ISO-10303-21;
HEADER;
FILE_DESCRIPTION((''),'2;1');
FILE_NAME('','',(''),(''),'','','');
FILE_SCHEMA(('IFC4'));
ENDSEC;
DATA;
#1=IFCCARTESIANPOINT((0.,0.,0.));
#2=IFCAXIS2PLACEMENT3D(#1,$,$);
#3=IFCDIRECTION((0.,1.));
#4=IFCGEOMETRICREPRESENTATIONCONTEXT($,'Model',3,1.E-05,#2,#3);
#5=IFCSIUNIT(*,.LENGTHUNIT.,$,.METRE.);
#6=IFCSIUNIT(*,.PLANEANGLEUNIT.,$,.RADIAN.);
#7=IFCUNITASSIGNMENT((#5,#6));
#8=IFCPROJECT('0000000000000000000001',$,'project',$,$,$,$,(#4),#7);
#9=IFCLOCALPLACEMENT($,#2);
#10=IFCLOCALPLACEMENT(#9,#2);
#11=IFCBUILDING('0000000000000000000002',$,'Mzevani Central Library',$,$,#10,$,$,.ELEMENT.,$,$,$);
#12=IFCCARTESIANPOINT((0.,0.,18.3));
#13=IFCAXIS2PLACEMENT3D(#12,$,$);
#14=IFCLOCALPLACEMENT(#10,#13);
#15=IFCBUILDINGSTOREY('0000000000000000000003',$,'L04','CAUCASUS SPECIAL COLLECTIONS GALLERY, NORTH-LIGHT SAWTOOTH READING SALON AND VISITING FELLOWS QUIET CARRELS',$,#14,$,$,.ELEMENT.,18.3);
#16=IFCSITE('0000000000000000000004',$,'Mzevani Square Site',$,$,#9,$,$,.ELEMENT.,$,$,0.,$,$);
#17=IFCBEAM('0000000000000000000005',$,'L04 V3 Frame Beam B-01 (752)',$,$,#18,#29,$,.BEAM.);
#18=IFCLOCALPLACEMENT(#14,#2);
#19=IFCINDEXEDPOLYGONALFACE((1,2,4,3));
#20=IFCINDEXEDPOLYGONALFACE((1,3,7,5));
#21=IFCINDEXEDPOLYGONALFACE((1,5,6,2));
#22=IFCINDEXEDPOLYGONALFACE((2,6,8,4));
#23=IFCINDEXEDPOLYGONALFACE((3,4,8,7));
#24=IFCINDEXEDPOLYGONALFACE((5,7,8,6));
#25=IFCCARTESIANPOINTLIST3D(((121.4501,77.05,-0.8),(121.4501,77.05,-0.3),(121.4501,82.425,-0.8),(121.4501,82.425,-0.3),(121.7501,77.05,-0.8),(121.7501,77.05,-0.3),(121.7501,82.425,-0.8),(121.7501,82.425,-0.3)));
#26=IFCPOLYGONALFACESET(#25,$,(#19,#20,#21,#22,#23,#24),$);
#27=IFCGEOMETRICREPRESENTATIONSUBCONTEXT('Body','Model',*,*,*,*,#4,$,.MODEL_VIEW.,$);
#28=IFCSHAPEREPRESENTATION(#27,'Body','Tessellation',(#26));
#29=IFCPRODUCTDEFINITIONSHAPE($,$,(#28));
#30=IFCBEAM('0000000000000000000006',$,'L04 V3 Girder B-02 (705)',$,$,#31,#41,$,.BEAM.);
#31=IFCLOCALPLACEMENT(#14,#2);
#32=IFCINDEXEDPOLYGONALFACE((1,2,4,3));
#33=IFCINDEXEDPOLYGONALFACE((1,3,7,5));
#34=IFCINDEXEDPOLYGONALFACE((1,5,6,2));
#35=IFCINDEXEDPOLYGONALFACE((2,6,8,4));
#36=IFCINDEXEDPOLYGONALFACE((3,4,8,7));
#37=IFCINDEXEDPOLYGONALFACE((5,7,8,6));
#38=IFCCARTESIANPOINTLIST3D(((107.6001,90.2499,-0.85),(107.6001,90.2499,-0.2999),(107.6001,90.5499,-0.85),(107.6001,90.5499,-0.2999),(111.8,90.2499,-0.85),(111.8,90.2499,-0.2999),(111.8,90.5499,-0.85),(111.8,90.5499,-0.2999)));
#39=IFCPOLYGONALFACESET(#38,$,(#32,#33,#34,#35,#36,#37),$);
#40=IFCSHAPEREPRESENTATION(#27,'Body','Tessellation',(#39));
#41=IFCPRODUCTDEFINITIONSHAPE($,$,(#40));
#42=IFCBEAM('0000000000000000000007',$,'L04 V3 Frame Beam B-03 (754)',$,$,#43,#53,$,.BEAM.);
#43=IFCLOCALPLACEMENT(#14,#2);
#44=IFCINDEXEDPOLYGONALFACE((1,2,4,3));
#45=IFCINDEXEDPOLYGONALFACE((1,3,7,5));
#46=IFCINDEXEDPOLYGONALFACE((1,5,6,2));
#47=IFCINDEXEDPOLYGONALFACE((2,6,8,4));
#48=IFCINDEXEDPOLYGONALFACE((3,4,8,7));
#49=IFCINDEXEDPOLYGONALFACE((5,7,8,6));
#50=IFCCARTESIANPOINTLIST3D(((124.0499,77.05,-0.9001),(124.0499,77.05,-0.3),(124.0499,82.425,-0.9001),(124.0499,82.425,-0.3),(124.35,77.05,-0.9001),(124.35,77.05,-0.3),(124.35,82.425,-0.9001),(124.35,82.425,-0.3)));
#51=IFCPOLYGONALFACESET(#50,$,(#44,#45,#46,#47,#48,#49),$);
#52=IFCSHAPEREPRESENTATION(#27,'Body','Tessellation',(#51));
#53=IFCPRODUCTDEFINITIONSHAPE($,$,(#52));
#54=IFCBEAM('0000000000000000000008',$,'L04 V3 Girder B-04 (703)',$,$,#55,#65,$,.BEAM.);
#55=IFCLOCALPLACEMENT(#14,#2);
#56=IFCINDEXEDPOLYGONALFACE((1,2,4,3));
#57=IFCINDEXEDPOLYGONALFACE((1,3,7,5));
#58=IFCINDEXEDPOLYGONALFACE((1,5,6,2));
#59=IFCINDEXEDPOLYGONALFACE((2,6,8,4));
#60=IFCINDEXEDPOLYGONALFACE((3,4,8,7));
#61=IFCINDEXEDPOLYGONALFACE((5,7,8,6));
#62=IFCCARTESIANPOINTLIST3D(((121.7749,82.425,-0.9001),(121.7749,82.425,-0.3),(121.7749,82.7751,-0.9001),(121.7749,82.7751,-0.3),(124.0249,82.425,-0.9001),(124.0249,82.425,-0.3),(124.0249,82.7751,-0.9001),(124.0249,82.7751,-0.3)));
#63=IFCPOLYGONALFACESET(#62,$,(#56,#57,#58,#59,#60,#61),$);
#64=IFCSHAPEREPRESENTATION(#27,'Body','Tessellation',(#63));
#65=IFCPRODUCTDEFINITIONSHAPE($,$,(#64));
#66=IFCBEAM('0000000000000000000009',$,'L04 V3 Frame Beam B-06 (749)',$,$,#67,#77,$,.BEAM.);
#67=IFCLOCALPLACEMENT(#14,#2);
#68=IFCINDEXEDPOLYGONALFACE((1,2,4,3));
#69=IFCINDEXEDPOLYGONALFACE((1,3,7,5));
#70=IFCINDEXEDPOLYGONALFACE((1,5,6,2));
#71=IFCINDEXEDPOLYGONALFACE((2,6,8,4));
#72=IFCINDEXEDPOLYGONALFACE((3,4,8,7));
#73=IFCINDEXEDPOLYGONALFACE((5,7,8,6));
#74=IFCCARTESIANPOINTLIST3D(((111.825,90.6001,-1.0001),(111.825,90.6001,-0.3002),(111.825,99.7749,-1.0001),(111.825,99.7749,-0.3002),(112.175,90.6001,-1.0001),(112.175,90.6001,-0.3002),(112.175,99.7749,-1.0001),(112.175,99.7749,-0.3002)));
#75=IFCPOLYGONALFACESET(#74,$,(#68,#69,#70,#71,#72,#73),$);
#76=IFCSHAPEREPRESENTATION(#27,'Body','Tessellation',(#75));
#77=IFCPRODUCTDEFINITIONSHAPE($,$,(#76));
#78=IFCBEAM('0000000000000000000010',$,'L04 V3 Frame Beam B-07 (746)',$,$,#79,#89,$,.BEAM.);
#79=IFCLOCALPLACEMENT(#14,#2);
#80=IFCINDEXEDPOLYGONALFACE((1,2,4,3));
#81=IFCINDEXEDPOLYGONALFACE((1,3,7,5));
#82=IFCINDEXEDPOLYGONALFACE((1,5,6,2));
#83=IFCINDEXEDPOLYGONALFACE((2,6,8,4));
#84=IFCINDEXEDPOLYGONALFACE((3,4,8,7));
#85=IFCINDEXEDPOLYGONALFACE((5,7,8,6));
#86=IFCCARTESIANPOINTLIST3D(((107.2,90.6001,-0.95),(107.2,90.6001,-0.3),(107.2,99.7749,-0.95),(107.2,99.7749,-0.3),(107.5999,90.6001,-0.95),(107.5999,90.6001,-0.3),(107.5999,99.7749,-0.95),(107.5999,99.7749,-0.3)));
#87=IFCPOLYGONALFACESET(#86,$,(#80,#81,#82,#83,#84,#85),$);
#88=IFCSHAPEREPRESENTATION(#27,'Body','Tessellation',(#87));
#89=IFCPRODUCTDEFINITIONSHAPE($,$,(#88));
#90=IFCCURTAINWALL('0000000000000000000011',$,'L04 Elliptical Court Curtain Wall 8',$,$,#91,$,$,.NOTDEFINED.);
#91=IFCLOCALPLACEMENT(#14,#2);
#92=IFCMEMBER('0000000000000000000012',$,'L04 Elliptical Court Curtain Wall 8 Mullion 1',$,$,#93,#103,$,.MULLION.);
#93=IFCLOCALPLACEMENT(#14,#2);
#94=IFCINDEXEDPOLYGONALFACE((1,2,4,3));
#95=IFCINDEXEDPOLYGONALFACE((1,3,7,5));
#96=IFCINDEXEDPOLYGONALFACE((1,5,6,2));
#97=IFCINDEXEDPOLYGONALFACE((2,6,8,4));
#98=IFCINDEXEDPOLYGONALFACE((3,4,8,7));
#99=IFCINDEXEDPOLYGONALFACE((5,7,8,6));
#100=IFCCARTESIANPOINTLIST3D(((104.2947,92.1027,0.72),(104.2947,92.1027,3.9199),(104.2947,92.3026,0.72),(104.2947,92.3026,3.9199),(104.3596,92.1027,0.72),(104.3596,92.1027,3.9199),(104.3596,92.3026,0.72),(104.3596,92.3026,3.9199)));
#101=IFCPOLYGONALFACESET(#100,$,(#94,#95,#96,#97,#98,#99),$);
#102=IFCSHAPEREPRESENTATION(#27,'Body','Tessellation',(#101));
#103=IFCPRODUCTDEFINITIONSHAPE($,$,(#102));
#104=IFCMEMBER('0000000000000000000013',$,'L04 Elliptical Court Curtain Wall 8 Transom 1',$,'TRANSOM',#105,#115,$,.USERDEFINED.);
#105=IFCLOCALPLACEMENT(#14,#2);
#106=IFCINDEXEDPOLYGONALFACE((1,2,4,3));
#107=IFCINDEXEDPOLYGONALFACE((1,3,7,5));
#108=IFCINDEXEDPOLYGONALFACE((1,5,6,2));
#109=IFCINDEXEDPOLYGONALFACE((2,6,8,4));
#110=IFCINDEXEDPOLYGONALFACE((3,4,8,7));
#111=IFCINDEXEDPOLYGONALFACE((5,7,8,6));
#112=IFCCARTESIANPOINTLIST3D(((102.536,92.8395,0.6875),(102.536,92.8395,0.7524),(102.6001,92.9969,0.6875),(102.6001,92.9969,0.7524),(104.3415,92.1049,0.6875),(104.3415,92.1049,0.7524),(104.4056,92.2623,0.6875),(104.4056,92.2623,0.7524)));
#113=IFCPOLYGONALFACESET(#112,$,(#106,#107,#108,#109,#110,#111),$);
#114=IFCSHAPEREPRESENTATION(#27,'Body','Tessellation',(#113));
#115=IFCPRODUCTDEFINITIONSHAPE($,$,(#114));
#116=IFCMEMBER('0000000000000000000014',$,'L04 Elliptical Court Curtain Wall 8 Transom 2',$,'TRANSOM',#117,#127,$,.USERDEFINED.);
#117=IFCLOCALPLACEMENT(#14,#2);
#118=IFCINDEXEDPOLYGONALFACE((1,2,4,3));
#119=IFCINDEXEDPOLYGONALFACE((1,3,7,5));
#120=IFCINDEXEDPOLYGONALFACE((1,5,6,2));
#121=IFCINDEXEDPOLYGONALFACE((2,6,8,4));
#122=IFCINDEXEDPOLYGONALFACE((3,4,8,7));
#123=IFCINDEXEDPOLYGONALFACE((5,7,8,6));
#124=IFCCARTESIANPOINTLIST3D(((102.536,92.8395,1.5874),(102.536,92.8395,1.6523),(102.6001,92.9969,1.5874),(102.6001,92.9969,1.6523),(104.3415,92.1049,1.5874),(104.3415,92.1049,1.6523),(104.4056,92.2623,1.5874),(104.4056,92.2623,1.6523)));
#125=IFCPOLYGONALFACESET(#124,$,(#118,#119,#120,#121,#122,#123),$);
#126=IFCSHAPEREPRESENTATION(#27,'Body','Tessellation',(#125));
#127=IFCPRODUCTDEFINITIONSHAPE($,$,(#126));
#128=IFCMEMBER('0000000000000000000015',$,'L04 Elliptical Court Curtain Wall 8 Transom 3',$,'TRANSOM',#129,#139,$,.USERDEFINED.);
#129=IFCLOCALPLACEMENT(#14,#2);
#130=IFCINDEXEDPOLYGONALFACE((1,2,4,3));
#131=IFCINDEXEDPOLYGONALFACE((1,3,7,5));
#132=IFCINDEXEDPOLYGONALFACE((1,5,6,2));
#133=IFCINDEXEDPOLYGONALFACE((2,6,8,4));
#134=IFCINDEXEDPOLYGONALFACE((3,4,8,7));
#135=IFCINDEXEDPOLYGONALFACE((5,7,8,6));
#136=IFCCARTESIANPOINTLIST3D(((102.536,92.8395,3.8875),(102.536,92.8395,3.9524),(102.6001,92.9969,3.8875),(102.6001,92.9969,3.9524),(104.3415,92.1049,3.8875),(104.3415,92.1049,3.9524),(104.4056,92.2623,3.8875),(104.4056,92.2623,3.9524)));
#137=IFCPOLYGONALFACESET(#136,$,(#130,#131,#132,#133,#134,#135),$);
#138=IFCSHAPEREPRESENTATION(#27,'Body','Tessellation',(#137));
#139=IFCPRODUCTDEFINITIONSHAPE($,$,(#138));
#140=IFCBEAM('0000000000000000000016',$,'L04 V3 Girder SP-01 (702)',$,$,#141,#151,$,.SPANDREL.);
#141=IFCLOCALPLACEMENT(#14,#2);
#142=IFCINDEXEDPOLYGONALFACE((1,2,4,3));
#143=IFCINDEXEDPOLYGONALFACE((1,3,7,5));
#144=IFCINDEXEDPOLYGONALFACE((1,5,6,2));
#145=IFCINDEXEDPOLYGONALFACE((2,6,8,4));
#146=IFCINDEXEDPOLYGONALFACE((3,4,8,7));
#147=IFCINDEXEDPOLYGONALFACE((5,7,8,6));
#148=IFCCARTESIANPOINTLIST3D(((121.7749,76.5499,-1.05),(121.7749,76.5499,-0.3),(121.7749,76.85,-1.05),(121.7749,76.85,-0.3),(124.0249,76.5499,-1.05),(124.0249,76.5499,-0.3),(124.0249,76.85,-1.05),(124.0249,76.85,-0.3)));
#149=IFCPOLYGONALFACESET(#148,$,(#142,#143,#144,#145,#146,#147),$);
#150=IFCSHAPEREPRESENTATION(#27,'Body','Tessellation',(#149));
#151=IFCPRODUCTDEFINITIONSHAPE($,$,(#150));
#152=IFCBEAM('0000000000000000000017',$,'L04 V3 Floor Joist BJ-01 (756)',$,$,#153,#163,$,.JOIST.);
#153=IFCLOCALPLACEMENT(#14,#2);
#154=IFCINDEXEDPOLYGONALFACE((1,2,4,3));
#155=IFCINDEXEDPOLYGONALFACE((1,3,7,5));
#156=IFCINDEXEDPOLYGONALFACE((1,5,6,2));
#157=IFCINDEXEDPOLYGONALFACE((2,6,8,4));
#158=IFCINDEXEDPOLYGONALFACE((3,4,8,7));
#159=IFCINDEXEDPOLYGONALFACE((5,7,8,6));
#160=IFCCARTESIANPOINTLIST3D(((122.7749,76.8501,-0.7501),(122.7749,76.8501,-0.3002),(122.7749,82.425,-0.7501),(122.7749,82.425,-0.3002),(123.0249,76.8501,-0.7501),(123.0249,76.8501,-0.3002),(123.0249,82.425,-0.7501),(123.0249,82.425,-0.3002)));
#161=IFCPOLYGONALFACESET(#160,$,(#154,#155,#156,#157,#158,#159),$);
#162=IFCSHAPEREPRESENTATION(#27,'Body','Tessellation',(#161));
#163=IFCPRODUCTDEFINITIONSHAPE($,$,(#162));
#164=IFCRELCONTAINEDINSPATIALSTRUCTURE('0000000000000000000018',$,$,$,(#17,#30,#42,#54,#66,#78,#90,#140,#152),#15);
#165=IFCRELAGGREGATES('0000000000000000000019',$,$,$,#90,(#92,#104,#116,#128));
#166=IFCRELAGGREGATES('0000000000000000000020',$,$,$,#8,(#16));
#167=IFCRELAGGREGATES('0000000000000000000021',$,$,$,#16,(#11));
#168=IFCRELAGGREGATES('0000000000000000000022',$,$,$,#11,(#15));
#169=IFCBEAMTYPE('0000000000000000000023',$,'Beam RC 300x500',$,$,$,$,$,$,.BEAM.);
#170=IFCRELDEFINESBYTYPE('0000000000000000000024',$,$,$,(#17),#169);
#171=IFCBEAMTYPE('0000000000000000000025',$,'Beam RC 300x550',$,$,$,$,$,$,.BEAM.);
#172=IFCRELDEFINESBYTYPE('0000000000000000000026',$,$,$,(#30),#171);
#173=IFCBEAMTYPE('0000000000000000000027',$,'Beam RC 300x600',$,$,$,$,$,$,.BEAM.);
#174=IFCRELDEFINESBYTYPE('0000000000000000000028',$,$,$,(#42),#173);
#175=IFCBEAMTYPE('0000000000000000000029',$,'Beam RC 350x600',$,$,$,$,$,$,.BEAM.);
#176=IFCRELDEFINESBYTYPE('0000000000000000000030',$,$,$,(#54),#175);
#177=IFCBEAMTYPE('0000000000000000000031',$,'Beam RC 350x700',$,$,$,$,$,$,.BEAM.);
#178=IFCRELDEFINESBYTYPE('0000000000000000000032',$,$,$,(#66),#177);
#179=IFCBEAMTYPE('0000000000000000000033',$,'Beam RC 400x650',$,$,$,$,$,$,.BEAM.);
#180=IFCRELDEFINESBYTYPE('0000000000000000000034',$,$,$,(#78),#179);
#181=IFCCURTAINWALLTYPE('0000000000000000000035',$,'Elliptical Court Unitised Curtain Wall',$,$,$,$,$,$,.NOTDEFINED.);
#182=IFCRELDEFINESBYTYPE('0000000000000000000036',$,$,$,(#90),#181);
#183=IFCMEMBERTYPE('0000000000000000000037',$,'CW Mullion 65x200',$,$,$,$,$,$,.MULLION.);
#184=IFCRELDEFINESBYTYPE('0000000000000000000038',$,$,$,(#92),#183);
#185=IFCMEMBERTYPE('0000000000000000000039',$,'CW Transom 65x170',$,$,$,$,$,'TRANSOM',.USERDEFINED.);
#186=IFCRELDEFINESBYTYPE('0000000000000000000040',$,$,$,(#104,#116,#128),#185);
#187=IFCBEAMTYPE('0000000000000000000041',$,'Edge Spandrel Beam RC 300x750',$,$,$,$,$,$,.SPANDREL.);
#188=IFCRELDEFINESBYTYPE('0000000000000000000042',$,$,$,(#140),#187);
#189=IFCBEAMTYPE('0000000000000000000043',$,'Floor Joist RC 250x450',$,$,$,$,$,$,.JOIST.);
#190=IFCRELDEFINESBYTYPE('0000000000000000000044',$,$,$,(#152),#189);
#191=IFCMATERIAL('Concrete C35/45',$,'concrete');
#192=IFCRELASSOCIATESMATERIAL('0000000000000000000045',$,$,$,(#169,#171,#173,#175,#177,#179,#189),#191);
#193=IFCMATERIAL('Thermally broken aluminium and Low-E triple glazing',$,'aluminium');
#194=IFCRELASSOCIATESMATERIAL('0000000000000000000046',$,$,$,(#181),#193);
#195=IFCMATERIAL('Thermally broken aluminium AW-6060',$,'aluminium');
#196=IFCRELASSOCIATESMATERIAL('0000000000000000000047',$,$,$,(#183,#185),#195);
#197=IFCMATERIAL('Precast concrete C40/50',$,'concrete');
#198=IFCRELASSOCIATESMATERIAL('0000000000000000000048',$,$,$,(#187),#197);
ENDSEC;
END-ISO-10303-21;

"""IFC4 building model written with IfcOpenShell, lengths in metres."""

from ifc_helpers import new_model, si_unit, direction, frame, origin, origin_2d, place, context, subcontext, project, spatial, rectangle, extrude, material, material_profile, profile_set, type_object, element, aggregate, save


model = new_model("IFC4")

# Units and contexts
model_context = context("Model", 3, precision=1e-05, world=origin(), true_north=direction((0.0, 1.0)))
body_context = subcontext(model_context, "Body", "Model", "MODEL_VIEW")
ifc_project = project(units=[si_unit("LENGTHUNIT", "METRE"), si_unit("PLANEANGLEUNIT", "RADIAN")], contexts=[model_context])

# Site, building, storey
site_placement = place(None, origin())
site = spatial("IfcSite", under=ifc_project, at=site_placement, Name="Mzevani Square Site", CompositionType="ELEMENT", RefElevation=0.0)
building_placement = place(site_placement, origin())
building = spatial("IfcBuilding", under=site, at=building_placement, Name="Mzevani Central Library", CompositionType="ELEMENT")
storey_placement = place(building_placement, frame((0.0, 0.0, 18.3)))
storey = spatial("IfcBuildingStorey", under=building, at=storey_placement, Name="L04", Description="CAUCASUS SPECIAL COLLECTIONS GALLERY, NORTH-LIGHT SAWTOOTH READING SALON AND VISITING FELLOWS QUIET CARRELS", CompositionType="ELEMENT", Elevation=18.3)

# Beams
ifc_material_1 = material(Name="Concrete C35/45", Category="concrete")
ifc_material_profile_1 = material_profile(ifc_material_1, rectangle(XDim=0.3, YDim=0.5, at=origin_2d()), Name="RC B300x500")
ifc_profile_set_1 = profile_set([ifc_material_profile_1], Name="Concrete C35/45")
beam_type_1 = type_object("IfcBeamType", Name="Beam RC 300x500", PredefinedType="BEAM", material=ifc_profile_set_1)
beam_1_placement = place(storey_placement, frame((121.6001, 77.05, -0.55), z_axis=(0.0, 1.0, 0.0), x_axis=(-1.0, 0.0, 0.0)))
element("IfcBeam", 1, at=beam_1_placement, inside=storey, type_object=beam_type_1, Name="L04 V3 Frame Beam B-01 (752)", PredefinedType="BEAM", context=body_context, shape_type="SweptSolid", body=[
    extrude(rectangle(XDim=0.3, YDim=0.5, at=origin_2d()), origin(), (0.0, 0.0, 1.0), 5.375),
])
ifc_material_profile_2 = material_profile(ifc_material_1, rectangle(XDim=0.3, YDim=0.55, at=origin_2d()), Name="RC B300x550")
ifc_profile_set_2 = profile_set([ifc_material_profile_2], Name="Concrete C35/45")
beam_type_2 = type_object("IfcBeamType", Name="Beam RC 300x550", PredefinedType="BEAM", material=ifc_profile_set_2)
beam_2_placement = place(storey_placement, frame((107.6001, 90.3999, -0.575), z_axis=(1.0, 0.0, 0.0), x_axis=(0.0, 1.0, 0.0)))
element("IfcBeam", 2, at=beam_2_placement, inside=storey, type_object=beam_type_2, Name="L04 V3 Girder B-02 (705)", PredefinedType="BEAM", context=body_context, shape_type="SweptSolid", body=[
    extrude(rectangle(XDim=0.3, YDim=0.55, at=origin_2d()), origin(), (0.0, 0.0, 1.0), 4.2),
])
ifc_material_profile_3 = material_profile(ifc_material_1, rectangle(XDim=0.3, YDim=0.6001, at=origin_2d()), Name="RC B300x600")
ifc_profile_set_3 = profile_set([ifc_material_profile_3], Name="Concrete C35/45")
beam_type_3 = type_object("IfcBeamType", Name="Beam RC 300x600", PredefinedType="BEAM", material=ifc_profile_set_3)
beam_3_placement = place(storey_placement, frame((124.2, 77.05, -0.6001), z_axis=(0.0, 1.0, 0.0), x_axis=(-1.0, 0.0, 0.0)))
element("IfcBeam", 3, at=beam_3_placement, inside=storey, type_object=beam_type_3, Name="L04 V3 Frame Beam B-03 (754)", PredefinedType="BEAM", context=body_context, shape_type="SweptSolid", body=[
    extrude(rectangle(XDim=0.3, YDim=0.6001, at=origin_2d()), origin(), (0.0, 0.0, 1.0), 5.375),
])
ifc_material_profile_4 = material_profile(ifc_material_1, rectangle(XDim=0.3501, YDim=0.6001, at=origin_2d()), Name="RC B350x600")
ifc_profile_set_4 = profile_set([ifc_material_profile_4], Name="Concrete C35/45")
beam_type_4 = type_object("IfcBeamType", Name="Beam RC 350x600", PredefinedType="BEAM", material=ifc_profile_set_4)
beam_4_placement = place(storey_placement, frame((121.7749, 82.6001, -0.6001), z_axis=(1.0, 0.0, 0.0), x_axis=(0.0, 1.0, 0.0)))
element("IfcBeam", 4, at=beam_4_placement, inside=storey, type_object=beam_type_4, Name="L04 V3 Girder B-04 (703)", PredefinedType="BEAM", context=body_context, shape_type="SweptSolid", body=[
    extrude(rectangle(XDim=0.3501, YDim=0.6001, at=origin_2d()), origin(), (0.0, 0.0, 1.0), 2.25),
])
ifc_material_profile_5 = material_profile(ifc_material_1, rectangle(XDim=0.3501, YDim=0.7, at=origin_2d()), Name="RC B350x700")
ifc_profile_set_5 = profile_set([ifc_material_profile_5], Name="Concrete C35/45")
beam_type_5 = type_object("IfcBeamType", Name="Beam RC 350x700", PredefinedType="BEAM", material=ifc_profile_set_5)
beam_5_placement = place(storey_placement, frame((112.0, 90.6001, -0.6501), z_axis=(0.0, 1.0, 0.0), x_axis=(-1.0, 0.0, 0.0)))
element("IfcBeam", 5, at=beam_5_placement, inside=storey, type_object=beam_type_5, Name="L04 V3 Frame Beam B-06 (749)", PredefinedType="BEAM", context=body_context, shape_type="SweptSolid", body=[
    extrude(rectangle(XDim=0.3501, YDim=0.7, at=origin_2d()), origin(), (0.0, 0.0, 1.0), 9.1748),
])
ifc_material_profile_6 = material_profile(ifc_material_1, rectangle(XDim=0.3999, YDim=0.6499, at=origin_2d()), Name="RC B400x650")
ifc_profile_set_6 = profile_set([ifc_material_profile_6], Name="Concrete C35/45")
beam_type_6 = type_object("IfcBeamType", Name="Beam RC 400x650", PredefinedType="BEAM", material=ifc_profile_set_6)
beam_6_placement = place(storey_placement, frame((107.3999, 90.6001, -0.625), z_axis=(0.0, 1.0, 0.0), x_axis=(-1.0, 0.0, 0.0)))
element("IfcBeam", 6, at=beam_6_placement, inside=storey, type_object=beam_type_6, Name="L04 V3 Frame Beam B-07 (746)", PredefinedType="BEAM", context=body_context, shape_type="SweptSolid", body=[
    extrude(rectangle(XDim=0.3999, YDim=0.6499, at=origin_2d()), origin(), (0.0, 0.0, 1.0), 9.1748),
])

# Curtain wall, members
ifc_material_2 = material(Name="Thermally broken aluminium and Low-E triple glazing", Category="aluminium")
curtain_wall_type = type_object("IfcCurtainWallType", Name="Elliptical Court Unitised Curtain Wall", PredefinedType="NOTDEFINED", material=ifc_material_2)
curtain_wall_placement = place(storey_placement, origin())
curtain_wall = element("IfcCurtainWall", 7, at=curtain_wall_placement, inside=storey, type_object=curtain_wall_type, Name="L04 Elliptical Court Curtain Wall 8", PredefinedType="NOTDEFINED")
ifc_material_3 = material(Name="Thermally broken aluminium AW-6060", Category="aluminium")
ifc_material_profile_7 = material_profile(ifc_material_3, rectangle(XDim=0.0649, YDim=0.2, at=origin_2d()), Name="ALU M65x200")
ifc_profile_set_7 = profile_set([ifc_material_profile_7], Name="Thermally broken aluminium AW-6060")
member_type_1 = type_object("IfcMemberType", Name="CW Mullion 65x200", PredefinedType="MULLION", material=ifc_profile_set_7)
member_1_placement = place(storey_placement, frame((104.3271, 92.2026, 0.72), z_axis=(0.0, 0.0, 1.0), x_axis=(1.0, 0.0, 0.0)))
member_1 = element("IfcMember", 8, at=member_1_placement, type_object=member_type_1, Name="L04 Elliptical Court Curtain Wall 8 Mullion 1", PredefinedType="MULLION", context=body_context, shape_type="SweptSolid", body=[
    extrude(rectangle(XDim=0.0649, YDim=0.2, at=origin_2d()), origin(), (0.0, 0.0, 1.0), 3.2),
])
ifc_material_profile_8 = material_profile(ifc_material_3, rectangle(XDim=0.1699, YDim=0.0649, at=origin_2d()), Name="ALU T65x170")
ifc_profile_set_8 = profile_set([ifc_material_profile_8], Name="Thermally broken aluminium AW-6060")
member_type_2 = type_object("IfcMemberType", Name="CW Transom 65x170", ElementType="TRANSOM", PredefinedType="USERDEFINED", material=ifc_profile_set_8)
member_2_placement = place(storey_placement, frame((104.3735, 92.1836, 0.72), z_axis=(-0.926258, 0.376891, 0.0), x_axis=(-0.376891, -0.926258, 0.0)))
member_2 = element("IfcMember", 9, at=member_2_placement, type_object=member_type_2, Name="L04 Elliptical Court Curtain Wall 8 Transom 1", ObjectType="TRANSOM", PredefinedType="USERDEFINED", context=body_context, shape_type="SweptSolid", body=[
    extrude(rectangle(XDim=0.1699, YDim=0.0649, at=origin_2d()), origin(), (0.0, 0.0, 1.0), 1.9492),
])
member_3_placement = place(storey_placement, frame((104.3735, 92.1836, 1.6199), z_axis=(-0.926258, 0.376891, 0.0), x_axis=(-0.376891, -0.926258, 0.0)))
member_3 = element("IfcMember", 10, at=member_3_placement, type_object=member_type_2, Name="L04 Elliptical Court Curtain Wall 8 Transom 2", ObjectType="TRANSOM", PredefinedType="USERDEFINED", context=body_context, shape_type="SweptSolid", body=[
    extrude(rectangle(XDim=0.1699, YDim=0.0649, at=origin_2d()), origin(), (0.0, 0.0, 1.0), 1.9492),
])
member_4_placement = place(storey_placement, frame((104.3735, 92.1836, 3.9199), z_axis=(-0.926258, 0.376891, 0.0), x_axis=(-0.376891, -0.926258, 0.0)))
member_4 = element("IfcMember", 11, at=member_4_placement, type_object=member_type_2, Name="L04 Elliptical Court Curtain Wall 8 Transom 3", ObjectType="TRANSOM", PredefinedType="USERDEFINED", context=body_context, shape_type="SweptSolid", body=[
    extrude(rectangle(XDim=0.1699, YDim=0.0649, at=origin_2d()), origin(), (0.0, 0.0, 1.0), 1.9492),
])
aggregate(curtain_wall, [member_1, member_2, member_3, member_4])

# Beams
ifc_material_4 = material(Name="Precast concrete C40/50", Category="concrete")
ifc_material_profile_9 = material_profile(ifc_material_4, rectangle(XDim=0.3, YDim=0.75, at=origin_2d()), Name="RC SP300x750")
ifc_profile_set_9 = profile_set([ifc_material_profile_9], Name="Precast concrete C40/50")
beam_type_7 = type_object("IfcBeamType", Name="Edge Spandrel Beam RC 300x750", PredefinedType="SPANDREL", material=ifc_profile_set_9)
beam_7_placement = place(storey_placement, frame((121.7749, 76.7, -0.675), z_axis=(1.0, 0.0, 0.0), x_axis=(0.0, 1.0, 0.0)))
element("IfcBeam", 12, at=beam_7_placement, inside=storey, type_object=beam_type_7, Name="L04 V3 Girder SP-01 (702)", PredefinedType="SPANDREL", context=body_context, shape_type="SweptSolid", body=[
    extrude(rectangle(XDim=0.3, YDim=0.75, at=origin_2d()), origin(), (0.0, 0.0, 1.0), 2.25),
])
ifc_material_profile_10 = material_profile(ifc_material_1, rectangle(XDim=0.25, YDim=0.45, at=origin_2d()), Name="RC J250x450")
ifc_profile_set_10 = profile_set([ifc_material_profile_10], Name="Concrete C35/45")
beam_type_8 = type_object("IfcBeamType", Name="Floor Joist RC 250x450", PredefinedType="JOIST", material=ifc_profile_set_10)
beam_8_placement = place(storey_placement, frame((122.8999, 76.8501, -0.5251), z_axis=(0.0, 1.0, 0.0), x_axis=(-1.0, 0.0, 0.0)))
element("IfcBeam", 13, at=beam_8_placement, inside=storey, type_object=beam_type_8, Name="L04 V3 Floor Joist BJ-01 (756)", PredefinedType="JOIST", context=body_context, shape_type="SweptSolid", body=[
    extrude(rectangle(XDim=0.25, YDim=0.45, at=origin_2d()), origin(), (0.0, 0.0, 1.0), 5.575),
])

save(model, "model.ifc")
